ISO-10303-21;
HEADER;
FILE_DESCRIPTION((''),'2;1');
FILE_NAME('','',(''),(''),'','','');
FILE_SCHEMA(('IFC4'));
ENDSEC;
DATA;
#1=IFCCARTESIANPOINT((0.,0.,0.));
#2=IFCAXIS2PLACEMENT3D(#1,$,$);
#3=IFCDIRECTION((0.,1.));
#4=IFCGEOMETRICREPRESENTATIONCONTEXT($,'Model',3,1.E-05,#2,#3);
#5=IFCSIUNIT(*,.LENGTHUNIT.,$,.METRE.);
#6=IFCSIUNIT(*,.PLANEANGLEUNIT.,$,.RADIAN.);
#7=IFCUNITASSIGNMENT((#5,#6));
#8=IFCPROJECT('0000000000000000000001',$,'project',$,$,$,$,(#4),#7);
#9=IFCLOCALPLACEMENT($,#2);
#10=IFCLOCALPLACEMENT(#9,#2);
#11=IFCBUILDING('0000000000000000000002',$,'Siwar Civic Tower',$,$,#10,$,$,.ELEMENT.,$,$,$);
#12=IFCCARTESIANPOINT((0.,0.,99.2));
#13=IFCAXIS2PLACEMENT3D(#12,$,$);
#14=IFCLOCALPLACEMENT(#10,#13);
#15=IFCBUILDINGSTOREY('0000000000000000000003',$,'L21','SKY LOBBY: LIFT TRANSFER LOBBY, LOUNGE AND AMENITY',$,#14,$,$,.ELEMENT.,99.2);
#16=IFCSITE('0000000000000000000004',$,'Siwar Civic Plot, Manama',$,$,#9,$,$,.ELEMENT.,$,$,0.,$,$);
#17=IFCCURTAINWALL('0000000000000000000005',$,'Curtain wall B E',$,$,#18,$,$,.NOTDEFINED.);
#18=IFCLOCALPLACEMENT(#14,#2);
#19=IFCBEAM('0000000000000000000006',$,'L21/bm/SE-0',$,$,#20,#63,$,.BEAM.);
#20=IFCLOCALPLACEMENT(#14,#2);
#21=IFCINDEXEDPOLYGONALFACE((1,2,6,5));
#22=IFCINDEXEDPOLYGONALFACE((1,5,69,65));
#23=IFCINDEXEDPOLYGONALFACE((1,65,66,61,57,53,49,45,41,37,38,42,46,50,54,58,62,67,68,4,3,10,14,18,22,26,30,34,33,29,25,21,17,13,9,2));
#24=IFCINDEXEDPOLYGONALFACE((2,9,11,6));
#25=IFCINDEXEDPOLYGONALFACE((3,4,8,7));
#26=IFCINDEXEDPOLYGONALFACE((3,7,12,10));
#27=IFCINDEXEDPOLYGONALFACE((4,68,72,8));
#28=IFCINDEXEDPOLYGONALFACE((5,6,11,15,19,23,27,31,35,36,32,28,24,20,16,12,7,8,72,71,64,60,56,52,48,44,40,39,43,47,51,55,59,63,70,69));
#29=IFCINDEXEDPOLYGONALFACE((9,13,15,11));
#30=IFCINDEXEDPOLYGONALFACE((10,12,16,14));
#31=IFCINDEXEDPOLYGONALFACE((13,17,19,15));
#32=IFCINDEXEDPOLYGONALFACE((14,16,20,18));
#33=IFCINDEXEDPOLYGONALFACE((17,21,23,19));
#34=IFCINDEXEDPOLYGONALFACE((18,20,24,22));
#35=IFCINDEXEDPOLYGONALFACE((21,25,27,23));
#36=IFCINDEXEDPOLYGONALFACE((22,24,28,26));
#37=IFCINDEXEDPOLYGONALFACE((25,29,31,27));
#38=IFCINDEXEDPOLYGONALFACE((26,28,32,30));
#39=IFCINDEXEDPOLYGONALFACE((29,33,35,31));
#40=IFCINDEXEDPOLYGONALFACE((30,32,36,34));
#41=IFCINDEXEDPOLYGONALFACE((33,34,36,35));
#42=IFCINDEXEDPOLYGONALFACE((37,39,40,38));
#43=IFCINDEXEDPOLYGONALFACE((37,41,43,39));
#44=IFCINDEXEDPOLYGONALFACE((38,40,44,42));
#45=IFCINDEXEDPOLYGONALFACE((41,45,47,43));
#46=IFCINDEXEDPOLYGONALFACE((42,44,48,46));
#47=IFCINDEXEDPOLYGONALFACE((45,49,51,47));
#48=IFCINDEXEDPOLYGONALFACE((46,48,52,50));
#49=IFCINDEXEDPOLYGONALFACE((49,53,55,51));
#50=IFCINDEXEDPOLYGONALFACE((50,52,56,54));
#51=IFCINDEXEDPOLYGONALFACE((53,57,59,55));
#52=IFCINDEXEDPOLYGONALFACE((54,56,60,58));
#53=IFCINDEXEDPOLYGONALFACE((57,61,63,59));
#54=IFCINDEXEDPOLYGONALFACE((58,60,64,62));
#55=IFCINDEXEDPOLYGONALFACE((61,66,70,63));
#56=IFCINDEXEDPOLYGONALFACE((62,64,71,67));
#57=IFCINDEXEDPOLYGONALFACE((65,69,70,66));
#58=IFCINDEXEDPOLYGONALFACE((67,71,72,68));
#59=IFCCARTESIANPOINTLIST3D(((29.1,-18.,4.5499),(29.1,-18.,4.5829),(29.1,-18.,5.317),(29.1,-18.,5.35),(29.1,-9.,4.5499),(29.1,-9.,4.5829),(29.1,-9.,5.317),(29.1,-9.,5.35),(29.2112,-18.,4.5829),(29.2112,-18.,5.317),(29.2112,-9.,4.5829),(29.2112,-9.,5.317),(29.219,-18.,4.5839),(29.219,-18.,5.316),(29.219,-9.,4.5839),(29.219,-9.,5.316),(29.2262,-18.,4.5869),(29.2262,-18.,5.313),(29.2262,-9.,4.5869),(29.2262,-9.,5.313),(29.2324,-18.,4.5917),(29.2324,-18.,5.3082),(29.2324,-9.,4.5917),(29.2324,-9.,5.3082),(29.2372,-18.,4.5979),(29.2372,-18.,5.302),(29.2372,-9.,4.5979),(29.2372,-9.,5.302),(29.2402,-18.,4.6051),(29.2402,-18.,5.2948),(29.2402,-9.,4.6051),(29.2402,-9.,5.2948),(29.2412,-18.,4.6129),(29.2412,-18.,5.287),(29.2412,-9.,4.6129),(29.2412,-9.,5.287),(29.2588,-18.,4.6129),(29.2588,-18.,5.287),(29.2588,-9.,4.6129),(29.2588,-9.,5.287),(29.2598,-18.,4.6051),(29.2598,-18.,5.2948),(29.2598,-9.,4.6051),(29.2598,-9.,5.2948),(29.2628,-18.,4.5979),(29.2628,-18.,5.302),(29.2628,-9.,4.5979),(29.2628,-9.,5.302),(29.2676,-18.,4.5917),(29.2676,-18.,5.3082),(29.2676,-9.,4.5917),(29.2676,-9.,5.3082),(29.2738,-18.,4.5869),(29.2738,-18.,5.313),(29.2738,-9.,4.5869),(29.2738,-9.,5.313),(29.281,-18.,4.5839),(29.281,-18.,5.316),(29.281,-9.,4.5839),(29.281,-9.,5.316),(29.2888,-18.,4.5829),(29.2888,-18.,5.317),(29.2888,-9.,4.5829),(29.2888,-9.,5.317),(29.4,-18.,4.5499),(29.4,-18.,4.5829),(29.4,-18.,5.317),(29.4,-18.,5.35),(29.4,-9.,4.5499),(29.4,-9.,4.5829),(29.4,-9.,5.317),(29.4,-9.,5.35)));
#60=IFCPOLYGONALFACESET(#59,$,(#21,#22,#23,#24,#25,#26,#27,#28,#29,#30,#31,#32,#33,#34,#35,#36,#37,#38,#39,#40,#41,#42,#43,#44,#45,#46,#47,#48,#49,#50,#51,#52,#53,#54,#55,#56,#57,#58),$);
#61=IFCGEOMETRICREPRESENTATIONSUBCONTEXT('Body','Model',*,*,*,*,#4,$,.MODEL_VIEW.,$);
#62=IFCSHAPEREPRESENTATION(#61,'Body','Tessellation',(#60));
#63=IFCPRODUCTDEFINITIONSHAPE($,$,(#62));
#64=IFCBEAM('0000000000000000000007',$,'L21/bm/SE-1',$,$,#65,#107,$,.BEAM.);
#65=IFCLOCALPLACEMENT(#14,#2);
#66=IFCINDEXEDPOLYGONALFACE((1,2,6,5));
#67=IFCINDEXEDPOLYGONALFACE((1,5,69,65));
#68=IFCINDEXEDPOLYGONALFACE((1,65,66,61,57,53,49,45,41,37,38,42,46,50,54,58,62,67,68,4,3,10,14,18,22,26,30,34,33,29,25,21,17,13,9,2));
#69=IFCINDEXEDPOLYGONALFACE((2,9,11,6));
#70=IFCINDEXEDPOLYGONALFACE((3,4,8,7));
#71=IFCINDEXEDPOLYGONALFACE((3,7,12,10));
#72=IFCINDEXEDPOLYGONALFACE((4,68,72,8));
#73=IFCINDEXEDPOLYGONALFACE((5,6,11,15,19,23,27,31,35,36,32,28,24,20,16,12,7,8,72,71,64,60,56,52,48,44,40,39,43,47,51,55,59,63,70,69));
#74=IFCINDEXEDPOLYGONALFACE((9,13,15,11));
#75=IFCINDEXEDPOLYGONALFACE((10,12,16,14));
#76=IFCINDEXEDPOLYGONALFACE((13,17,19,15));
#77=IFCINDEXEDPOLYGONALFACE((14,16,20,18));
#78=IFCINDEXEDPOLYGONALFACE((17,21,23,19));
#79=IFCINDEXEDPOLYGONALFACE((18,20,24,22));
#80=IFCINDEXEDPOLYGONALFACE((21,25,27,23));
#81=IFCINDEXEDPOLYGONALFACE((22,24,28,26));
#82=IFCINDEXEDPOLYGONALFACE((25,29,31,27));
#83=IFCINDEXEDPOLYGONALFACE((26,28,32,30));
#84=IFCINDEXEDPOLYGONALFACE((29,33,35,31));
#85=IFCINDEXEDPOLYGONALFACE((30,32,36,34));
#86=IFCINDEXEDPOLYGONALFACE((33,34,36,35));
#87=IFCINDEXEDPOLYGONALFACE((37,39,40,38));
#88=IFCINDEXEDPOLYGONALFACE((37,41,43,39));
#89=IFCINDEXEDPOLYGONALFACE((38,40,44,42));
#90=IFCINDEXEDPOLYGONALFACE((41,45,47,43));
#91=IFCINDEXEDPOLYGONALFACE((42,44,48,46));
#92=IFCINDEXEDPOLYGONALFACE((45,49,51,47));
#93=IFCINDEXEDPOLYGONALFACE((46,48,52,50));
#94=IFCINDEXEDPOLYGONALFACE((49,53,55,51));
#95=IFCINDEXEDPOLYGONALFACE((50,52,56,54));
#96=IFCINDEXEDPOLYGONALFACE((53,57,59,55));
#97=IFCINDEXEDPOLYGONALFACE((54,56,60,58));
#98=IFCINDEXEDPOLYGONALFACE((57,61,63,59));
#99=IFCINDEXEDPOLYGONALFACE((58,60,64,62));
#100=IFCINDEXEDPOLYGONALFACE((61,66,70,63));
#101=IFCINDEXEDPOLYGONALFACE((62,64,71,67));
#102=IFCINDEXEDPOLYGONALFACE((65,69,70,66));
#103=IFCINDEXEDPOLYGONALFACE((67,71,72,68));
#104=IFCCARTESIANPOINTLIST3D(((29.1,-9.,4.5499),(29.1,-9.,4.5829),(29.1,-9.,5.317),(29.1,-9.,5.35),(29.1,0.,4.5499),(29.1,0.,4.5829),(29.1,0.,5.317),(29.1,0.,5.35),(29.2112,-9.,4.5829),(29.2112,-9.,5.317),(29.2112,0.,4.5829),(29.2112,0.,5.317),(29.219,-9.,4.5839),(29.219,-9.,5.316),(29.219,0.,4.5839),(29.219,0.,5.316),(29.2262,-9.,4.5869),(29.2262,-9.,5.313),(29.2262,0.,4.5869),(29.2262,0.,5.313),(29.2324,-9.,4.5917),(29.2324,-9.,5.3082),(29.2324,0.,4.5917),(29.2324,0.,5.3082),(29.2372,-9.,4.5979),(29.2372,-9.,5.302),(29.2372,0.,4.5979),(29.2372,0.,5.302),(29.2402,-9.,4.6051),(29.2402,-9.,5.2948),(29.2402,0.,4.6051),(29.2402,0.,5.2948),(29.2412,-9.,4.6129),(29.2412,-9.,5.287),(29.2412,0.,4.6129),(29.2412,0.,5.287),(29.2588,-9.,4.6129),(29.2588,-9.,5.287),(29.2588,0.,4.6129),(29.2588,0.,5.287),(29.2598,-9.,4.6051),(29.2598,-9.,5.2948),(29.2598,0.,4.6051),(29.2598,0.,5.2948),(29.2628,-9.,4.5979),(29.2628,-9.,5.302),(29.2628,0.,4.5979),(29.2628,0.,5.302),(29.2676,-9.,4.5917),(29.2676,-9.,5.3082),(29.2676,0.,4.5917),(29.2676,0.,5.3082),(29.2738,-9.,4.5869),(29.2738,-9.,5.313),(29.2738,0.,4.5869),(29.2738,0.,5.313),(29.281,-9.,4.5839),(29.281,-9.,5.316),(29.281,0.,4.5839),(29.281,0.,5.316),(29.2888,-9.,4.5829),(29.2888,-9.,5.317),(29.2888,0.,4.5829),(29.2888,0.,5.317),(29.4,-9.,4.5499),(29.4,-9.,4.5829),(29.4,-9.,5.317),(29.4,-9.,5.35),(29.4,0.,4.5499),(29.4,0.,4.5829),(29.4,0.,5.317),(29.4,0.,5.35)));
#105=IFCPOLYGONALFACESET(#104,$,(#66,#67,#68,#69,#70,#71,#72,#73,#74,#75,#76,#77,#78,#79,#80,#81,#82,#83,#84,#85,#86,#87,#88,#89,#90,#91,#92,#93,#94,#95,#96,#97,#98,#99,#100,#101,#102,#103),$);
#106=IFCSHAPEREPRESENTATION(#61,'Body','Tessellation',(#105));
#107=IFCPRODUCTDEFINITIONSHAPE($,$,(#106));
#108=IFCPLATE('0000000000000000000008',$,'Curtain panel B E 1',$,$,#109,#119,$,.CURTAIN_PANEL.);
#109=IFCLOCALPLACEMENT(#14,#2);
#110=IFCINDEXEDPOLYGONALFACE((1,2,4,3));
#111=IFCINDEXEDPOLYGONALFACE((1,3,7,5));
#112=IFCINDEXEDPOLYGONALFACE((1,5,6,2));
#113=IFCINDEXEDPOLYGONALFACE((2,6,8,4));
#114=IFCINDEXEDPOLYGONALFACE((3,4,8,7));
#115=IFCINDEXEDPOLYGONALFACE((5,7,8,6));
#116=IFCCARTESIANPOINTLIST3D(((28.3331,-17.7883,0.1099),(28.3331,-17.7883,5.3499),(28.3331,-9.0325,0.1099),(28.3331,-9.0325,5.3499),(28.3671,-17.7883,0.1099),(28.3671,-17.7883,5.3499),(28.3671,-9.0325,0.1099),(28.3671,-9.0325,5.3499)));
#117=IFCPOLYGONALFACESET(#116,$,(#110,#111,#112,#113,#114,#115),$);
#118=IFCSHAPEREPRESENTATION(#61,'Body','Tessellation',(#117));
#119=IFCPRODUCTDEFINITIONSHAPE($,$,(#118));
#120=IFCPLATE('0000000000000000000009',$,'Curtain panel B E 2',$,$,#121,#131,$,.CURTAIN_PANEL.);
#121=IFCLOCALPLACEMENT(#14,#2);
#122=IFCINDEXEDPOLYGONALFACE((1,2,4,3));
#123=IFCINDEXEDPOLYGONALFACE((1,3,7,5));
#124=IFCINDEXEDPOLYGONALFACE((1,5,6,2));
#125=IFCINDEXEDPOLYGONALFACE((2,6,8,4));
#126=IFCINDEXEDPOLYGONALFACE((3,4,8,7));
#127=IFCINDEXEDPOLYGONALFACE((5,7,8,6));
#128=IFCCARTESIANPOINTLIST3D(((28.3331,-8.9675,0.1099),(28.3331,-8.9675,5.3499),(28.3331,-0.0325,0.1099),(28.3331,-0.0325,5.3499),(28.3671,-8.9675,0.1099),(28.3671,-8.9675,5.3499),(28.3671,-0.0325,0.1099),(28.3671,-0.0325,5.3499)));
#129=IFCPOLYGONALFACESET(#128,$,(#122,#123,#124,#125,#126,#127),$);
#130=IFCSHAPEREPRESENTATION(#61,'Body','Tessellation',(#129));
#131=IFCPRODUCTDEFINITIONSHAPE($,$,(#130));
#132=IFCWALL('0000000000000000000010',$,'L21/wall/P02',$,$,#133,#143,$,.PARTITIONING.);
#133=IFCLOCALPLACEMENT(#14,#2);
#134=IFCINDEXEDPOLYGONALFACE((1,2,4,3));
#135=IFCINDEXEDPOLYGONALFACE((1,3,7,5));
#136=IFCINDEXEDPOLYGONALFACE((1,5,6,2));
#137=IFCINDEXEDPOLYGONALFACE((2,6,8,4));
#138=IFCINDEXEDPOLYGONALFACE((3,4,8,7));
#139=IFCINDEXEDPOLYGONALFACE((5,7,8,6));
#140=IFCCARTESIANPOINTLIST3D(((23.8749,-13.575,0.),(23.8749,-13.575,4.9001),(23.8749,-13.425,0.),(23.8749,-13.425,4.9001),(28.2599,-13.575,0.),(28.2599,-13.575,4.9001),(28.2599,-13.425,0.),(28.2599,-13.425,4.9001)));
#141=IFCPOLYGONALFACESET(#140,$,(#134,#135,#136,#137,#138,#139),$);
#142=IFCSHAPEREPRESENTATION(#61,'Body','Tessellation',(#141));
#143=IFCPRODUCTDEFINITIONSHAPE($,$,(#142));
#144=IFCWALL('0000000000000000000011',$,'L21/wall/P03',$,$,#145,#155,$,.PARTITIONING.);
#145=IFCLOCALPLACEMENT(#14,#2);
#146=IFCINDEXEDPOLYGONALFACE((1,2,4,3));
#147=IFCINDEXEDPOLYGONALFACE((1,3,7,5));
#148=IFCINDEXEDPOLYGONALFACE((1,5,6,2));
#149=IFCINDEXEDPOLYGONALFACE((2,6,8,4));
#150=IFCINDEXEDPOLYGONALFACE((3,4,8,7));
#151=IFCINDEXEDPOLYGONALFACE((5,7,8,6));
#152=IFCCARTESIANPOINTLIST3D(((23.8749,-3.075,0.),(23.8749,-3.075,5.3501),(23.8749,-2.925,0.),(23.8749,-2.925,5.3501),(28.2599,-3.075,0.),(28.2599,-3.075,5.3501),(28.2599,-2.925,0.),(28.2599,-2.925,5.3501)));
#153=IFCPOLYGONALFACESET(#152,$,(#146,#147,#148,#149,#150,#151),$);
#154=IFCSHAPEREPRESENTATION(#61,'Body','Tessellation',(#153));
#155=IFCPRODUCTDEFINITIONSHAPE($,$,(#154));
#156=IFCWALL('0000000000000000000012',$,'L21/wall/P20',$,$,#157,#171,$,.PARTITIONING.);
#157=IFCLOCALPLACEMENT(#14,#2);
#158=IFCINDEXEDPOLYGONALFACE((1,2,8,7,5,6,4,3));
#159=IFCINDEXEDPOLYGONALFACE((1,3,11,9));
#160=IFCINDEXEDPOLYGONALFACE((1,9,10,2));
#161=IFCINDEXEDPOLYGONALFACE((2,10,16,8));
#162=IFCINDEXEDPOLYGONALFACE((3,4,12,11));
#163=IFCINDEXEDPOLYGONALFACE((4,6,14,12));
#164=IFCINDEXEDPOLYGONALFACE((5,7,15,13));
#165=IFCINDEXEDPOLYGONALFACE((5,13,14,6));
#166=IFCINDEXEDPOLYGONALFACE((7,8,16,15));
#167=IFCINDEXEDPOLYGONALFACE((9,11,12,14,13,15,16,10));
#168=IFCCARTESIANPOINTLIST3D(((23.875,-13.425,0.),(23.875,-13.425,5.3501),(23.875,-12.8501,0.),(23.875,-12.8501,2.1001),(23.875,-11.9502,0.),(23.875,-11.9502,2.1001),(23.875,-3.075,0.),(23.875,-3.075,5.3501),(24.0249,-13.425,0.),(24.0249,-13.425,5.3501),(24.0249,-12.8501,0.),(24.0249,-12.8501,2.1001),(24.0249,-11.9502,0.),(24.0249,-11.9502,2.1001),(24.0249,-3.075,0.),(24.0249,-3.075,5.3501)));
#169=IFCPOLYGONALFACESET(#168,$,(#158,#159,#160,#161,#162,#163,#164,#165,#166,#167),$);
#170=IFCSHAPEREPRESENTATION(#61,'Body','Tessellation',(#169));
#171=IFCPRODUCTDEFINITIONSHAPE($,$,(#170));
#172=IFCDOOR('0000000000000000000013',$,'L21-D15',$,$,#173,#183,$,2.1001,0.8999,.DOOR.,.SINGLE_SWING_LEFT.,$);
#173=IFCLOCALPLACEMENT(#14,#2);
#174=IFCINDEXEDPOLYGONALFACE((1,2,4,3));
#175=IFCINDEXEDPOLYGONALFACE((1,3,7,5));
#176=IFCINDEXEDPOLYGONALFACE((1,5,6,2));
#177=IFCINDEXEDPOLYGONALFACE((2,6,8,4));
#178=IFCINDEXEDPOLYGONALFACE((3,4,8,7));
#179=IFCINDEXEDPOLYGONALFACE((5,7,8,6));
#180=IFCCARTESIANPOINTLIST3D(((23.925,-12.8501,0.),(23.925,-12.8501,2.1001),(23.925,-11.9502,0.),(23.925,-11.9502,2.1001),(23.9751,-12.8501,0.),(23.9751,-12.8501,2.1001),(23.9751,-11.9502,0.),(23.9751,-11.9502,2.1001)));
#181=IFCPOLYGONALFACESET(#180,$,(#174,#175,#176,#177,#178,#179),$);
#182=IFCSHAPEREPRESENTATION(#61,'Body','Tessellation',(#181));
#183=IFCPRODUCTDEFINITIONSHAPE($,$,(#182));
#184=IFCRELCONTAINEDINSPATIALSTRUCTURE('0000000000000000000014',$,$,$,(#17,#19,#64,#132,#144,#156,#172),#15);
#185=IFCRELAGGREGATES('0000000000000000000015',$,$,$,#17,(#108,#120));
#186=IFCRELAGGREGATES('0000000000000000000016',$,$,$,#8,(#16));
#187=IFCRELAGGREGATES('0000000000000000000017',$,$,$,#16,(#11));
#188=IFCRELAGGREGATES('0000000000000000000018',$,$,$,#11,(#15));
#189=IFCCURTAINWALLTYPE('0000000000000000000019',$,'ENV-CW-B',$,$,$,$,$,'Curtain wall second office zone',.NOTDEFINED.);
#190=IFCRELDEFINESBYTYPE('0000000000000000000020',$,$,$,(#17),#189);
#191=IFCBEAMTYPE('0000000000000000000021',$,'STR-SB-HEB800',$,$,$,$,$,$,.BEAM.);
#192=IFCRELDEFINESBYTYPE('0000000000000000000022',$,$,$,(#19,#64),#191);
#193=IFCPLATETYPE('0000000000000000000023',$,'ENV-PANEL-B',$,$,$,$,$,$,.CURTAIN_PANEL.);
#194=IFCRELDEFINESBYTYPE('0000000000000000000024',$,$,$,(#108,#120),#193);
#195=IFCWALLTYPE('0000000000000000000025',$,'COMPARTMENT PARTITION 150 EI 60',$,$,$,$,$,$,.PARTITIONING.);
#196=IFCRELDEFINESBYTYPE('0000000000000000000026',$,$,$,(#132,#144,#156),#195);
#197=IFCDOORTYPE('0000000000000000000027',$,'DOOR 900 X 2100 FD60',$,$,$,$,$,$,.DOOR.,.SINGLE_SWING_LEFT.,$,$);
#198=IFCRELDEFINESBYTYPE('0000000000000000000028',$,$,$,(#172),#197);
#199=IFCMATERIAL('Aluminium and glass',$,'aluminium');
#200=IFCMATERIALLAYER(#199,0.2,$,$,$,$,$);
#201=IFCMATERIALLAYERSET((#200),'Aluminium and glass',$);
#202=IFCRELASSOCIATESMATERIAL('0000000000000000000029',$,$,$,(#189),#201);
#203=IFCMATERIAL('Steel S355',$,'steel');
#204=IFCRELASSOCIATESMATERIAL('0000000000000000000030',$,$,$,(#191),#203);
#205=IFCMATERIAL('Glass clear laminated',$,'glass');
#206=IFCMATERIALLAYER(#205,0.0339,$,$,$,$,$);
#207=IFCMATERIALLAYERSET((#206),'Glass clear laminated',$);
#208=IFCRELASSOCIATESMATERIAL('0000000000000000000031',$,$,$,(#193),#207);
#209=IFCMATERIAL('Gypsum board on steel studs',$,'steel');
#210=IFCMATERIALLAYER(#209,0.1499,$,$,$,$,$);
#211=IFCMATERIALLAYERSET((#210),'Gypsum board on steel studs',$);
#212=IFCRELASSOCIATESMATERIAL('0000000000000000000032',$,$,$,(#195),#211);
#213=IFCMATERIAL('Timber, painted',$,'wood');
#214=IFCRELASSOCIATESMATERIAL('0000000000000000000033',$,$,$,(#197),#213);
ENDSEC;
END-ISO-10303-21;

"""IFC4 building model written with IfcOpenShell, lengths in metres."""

from ifc_helpers import new_model, si_unit, direction, frame, frame_2d, origin, origin_2d, place, context, subcontext, project, spatial, rectangle, i_section, extrude, material, layer, layer_set, material_profile, profile_set, type_object, element, fill, aggregate, save


model = new_model("IFC4")

# Units and contexts
model_context = context("Model", 3, precision=1e-05, world=origin(), true_north=direction((0.0, 1.0)))
body_context = subcontext(model_context, "Body", "Model", "MODEL_VIEW")
ifc_project = project(units=[si_unit("LENGTHUNIT", "METRE"), si_unit("PLANEANGLEUNIT", "RADIAN")], contexts=[model_context])

# Site, building, storey
site_placement = place(None, origin())
site = spatial("IfcSite", under=ifc_project, at=site_placement, Name="Siwar Civic Plot, Manama", CompositionType="ELEMENT", RefElevation=0.0)
building_placement = place(site_placement, origin())
building = spatial("IfcBuilding", under=site, at=building_placement, Name="Siwar Civic Tower", CompositionType="ELEMENT")
storey_placement = place(building_placement, frame((0.0, 0.0, 99.2)))
storey = spatial("IfcBuildingStorey", under=building, at=storey_placement, Name="L21", Description="SKY LOBBY: LIFT TRANSFER LOBBY, LOUNGE AND AMENITY", CompositionType="ELEMENT", Elevation=99.2)

# Curtain wall
ifc_material_1 = material(Name="Aluminium and glass", Category="aluminium")
ifc_layer_1 = layer(ifc_material_1, 0.2)
ifc_layer_set_1 = layer_set([ifc_layer_1], Name="Aluminium and glass")
curtain_wall_type = type_object("IfcCurtainWallType", Name="ENV-CW-B", ElementType="Curtain wall second office zone", PredefinedType="NOTDEFINED", material=ifc_layer_set_1)
curtain_wall_placement = place(storey_placement, origin())
curtain_wall = element("IfcCurtainWall", 1, at=curtain_wall_placement, inside=storey, type_object=curtain_wall_type, Name="Curtain wall B E", PredefinedType="NOTDEFINED")

# Beams
ifc_material_2 = material(Name="Steel S355", Category="steel")
ifc_material_profile_1 = material_profile(ifc_material_2, i_section(OverallWidth=0.3, OverallDepth=0.8, WebThickness=0.0176, FlangeThickness=0.033, FilletRadius=0.03, at=origin_2d()), Name="HEB800")
ifc_profile_set_1 = profile_set([ifc_material_profile_1], Name="Steel S355")
beam_type_1 = type_object("IfcBeamType", Name="STR-SB-HEB800", PredefinedType="BEAM", material=ifc_profile_set_1)
for number, where, z_axis, x_axis, name in (
    (2, (29.25, -18.0, 4.95), (0.0, 1.0, 0.0), (-1.0, 0.0, 0.0), "L21/bm/SE-0"),
    (3, (29.25, -9.0, 4.95), (0.0, 1.0, 0.0), (-1.0, 0.0, 0.0), "L21/bm/SE-1"),
):
    element("IfcBeam", number, at=place(storey_placement, frame(where, z_axis=z_axis, x_axis=x_axis)), inside=storey, type_object=beam_type_1, Name=name, PredefinedType="BEAM", context=body_context, shape_type="SweptSolid", body=[
        extrude(i_section(OverallWidth=0.3, OverallDepth=0.8, WebThickness=0.0176, FlangeThickness=0.033, FilletRadius=0.03, at=origin_2d()), origin(), (0.0, 0.0, 1.0), 9.0),
    ])

# Plates
ifc_material_3 = material(Name="Glass clear laminated", Category="glass")
ifc_layer_2 = layer(ifc_material_3, 0.0339)
ifc_layer_set_2 = layer_set([ifc_layer_2], Name="Glass clear laminated")
plate_type = type_object("IfcPlateType", Name="ENV-PANEL-B", PredefinedType="CURTAIN_PANEL", material=ifc_layer_set_2)
plate_1_placement = place(storey_placement, frame((28.3501, -13.4104, 0.1099), z_axis=(0.0, 0.0, 1.0), x_axis=(0.0, 1.0, 0.0)))
plate_1 = element("IfcPlate", 4, at=plate_1_placement, type_object=plate_type, Name="Curtain panel B E 1", PredefinedType="CURTAIN_PANEL", context=body_context, shape_type="SweptSolid", body=[
    extrude(rectangle(XDim=8.7559, YDim=0.0339, at=origin_2d()), origin(), (0.0, 0.0, 1.0), 5.24),
])
plate_2_placement = place(storey_placement, frame((28.3501, -4.5, 0.1099), z_axis=(0.0, 0.0, 1.0), x_axis=(0.0, 1.0, 0.0)))
plate_2 = element("IfcPlate", 5, at=plate_2_placement, type_object=plate_type, Name="Curtain panel B E 2", PredefinedType="CURTAIN_PANEL", context=body_context, shape_type="SweptSolid", body=[
    extrude(rectangle(XDim=8.9351, YDim=0.0339, at=origin_2d()), origin(), (0.0, 0.0, 1.0), 5.24),
])
aggregate(curtain_wall, [plate_1, plate_2])

# Walls
ifc_material_4 = material(Name="Gypsum board on steel studs", Category="steel")
ifc_layer_3 = layer(ifc_material_4, 0.1499)
ifc_layer_set_3 = layer_set([ifc_layer_3], Name="Gypsum board on steel studs")
wall_type_1 = type_object("IfcWallType", Name="COMPARTMENT PARTITION 150 EI 60", PredefinedType="PARTITIONING", material=ifc_layer_set_3)
wall_1_placement = place(storey_placement, frame((23.875, -13.5, 0.0), z_axis=(0.0, 0.0, 1.0), x_axis=(1.0, 0.0, 0.0)))
element("IfcWall", 6, at=wall_1_placement, inside=storey, type_object=wall_type_1, Name="L21/wall/P02", PredefinedType="PARTITIONING", context=body_context, shape_type="SweptSolid", body=[
    extrude(rectangle(XDim=4.385, YDim=0.1499, at=frame_2d((2.1924, 0.0))), origin(), (0.0, 0.0, 1.0), 4.9001),
])
wall_2_placement = place(storey_placement, frame((23.875, -3.0, 0.0), z_axis=(0.0, 0.0, 1.0), x_axis=(1.0, 0.0, 0.0)))
element("IfcWall", 7, at=wall_2_placement, inside=storey, type_object=wall_type_1, Name="L21/wall/P03", PredefinedType="PARTITIONING", context=body_context, shape_type="SweptSolid", body=[
    extrude(rectangle(XDim=4.385, YDim=0.1499, at=frame_2d((2.1924, 0.0))), origin(), (0.0, 0.0, 1.0), 5.3501),
])

# Wall, opening, door
wall_3_placement = place(storey_placement, frame((23.95, -13.425, 0.0), z_axis=(0.0, 0.0, 1.0), x_axis=(0.0, 1.0, 0.0)))
wall_3 = element("IfcWall", 8, at=wall_3_placement, inside=storey, type_object=wall_type_1, Name="L21/wall/P20", PredefinedType="PARTITIONING", context=body_context, shape_type="SweptSolid", body=[
    extrude(rectangle(XDim=10.3501, YDim=0.1499, at=frame_2d((5.175, 0.0))), origin(), (0.0, 0.0, 1.0), 5.3501),
])
opening_1_placement = place(wall_3_placement, frame((0.575, 0.0, 0.0)))
opening_1 = element("IfcOpeningElement", 9, at=opening_1_placement, cuts=wall_3, PredefinedType="OPENING", context=body_context, shape_type="SweptSolid", body=[
    extrude(rectangle(XDim=0.8999, YDim=2.1001, at=frame_2d((0.45, 1.05))), frame((0.0, 0.085, 0.0), z_axis=(0.0, -1.0, 0.0), x_axis=(1.0, 0.0, 0.0)), (0.0, 0.0, 1.0), 0.1699),
])
ifc_material_5 = material(Name="Timber, painted", Category="wood")
door_type_1 = type_object("IfcDoorType", Name="DOOR 900 X 2100 FD60", OperationType="SINGLE_SWING_LEFT", PredefinedType="DOOR", material=ifc_material_5)
door_1_placement = place(opening_1_placement, origin())
door_1 = element("IfcDoor", 10, at=door_1_placement, inside=storey, type_object=door_type_1, Name="L21-D15", OperationType="SINGLE_SWING_LEFT", OverallHeight=2.1001, OverallWidth=0.8999, PredefinedType="DOOR", context=body_context, shape_type="SweptSolid", body=[
    extrude(rectangle(XDim=0.8999, YDim=2.1001, at=frame_2d((0.45, 1.05))), frame((0.0, 0.0249, 0.0), z_axis=(0.0, -1.0, 0.0), x_axis=(1.0, 0.0, 0.0)), (0.0, 0.0, 1.0), 0.05),
])
fill(opening_1, door_1)

save(model, "model.ifc")
